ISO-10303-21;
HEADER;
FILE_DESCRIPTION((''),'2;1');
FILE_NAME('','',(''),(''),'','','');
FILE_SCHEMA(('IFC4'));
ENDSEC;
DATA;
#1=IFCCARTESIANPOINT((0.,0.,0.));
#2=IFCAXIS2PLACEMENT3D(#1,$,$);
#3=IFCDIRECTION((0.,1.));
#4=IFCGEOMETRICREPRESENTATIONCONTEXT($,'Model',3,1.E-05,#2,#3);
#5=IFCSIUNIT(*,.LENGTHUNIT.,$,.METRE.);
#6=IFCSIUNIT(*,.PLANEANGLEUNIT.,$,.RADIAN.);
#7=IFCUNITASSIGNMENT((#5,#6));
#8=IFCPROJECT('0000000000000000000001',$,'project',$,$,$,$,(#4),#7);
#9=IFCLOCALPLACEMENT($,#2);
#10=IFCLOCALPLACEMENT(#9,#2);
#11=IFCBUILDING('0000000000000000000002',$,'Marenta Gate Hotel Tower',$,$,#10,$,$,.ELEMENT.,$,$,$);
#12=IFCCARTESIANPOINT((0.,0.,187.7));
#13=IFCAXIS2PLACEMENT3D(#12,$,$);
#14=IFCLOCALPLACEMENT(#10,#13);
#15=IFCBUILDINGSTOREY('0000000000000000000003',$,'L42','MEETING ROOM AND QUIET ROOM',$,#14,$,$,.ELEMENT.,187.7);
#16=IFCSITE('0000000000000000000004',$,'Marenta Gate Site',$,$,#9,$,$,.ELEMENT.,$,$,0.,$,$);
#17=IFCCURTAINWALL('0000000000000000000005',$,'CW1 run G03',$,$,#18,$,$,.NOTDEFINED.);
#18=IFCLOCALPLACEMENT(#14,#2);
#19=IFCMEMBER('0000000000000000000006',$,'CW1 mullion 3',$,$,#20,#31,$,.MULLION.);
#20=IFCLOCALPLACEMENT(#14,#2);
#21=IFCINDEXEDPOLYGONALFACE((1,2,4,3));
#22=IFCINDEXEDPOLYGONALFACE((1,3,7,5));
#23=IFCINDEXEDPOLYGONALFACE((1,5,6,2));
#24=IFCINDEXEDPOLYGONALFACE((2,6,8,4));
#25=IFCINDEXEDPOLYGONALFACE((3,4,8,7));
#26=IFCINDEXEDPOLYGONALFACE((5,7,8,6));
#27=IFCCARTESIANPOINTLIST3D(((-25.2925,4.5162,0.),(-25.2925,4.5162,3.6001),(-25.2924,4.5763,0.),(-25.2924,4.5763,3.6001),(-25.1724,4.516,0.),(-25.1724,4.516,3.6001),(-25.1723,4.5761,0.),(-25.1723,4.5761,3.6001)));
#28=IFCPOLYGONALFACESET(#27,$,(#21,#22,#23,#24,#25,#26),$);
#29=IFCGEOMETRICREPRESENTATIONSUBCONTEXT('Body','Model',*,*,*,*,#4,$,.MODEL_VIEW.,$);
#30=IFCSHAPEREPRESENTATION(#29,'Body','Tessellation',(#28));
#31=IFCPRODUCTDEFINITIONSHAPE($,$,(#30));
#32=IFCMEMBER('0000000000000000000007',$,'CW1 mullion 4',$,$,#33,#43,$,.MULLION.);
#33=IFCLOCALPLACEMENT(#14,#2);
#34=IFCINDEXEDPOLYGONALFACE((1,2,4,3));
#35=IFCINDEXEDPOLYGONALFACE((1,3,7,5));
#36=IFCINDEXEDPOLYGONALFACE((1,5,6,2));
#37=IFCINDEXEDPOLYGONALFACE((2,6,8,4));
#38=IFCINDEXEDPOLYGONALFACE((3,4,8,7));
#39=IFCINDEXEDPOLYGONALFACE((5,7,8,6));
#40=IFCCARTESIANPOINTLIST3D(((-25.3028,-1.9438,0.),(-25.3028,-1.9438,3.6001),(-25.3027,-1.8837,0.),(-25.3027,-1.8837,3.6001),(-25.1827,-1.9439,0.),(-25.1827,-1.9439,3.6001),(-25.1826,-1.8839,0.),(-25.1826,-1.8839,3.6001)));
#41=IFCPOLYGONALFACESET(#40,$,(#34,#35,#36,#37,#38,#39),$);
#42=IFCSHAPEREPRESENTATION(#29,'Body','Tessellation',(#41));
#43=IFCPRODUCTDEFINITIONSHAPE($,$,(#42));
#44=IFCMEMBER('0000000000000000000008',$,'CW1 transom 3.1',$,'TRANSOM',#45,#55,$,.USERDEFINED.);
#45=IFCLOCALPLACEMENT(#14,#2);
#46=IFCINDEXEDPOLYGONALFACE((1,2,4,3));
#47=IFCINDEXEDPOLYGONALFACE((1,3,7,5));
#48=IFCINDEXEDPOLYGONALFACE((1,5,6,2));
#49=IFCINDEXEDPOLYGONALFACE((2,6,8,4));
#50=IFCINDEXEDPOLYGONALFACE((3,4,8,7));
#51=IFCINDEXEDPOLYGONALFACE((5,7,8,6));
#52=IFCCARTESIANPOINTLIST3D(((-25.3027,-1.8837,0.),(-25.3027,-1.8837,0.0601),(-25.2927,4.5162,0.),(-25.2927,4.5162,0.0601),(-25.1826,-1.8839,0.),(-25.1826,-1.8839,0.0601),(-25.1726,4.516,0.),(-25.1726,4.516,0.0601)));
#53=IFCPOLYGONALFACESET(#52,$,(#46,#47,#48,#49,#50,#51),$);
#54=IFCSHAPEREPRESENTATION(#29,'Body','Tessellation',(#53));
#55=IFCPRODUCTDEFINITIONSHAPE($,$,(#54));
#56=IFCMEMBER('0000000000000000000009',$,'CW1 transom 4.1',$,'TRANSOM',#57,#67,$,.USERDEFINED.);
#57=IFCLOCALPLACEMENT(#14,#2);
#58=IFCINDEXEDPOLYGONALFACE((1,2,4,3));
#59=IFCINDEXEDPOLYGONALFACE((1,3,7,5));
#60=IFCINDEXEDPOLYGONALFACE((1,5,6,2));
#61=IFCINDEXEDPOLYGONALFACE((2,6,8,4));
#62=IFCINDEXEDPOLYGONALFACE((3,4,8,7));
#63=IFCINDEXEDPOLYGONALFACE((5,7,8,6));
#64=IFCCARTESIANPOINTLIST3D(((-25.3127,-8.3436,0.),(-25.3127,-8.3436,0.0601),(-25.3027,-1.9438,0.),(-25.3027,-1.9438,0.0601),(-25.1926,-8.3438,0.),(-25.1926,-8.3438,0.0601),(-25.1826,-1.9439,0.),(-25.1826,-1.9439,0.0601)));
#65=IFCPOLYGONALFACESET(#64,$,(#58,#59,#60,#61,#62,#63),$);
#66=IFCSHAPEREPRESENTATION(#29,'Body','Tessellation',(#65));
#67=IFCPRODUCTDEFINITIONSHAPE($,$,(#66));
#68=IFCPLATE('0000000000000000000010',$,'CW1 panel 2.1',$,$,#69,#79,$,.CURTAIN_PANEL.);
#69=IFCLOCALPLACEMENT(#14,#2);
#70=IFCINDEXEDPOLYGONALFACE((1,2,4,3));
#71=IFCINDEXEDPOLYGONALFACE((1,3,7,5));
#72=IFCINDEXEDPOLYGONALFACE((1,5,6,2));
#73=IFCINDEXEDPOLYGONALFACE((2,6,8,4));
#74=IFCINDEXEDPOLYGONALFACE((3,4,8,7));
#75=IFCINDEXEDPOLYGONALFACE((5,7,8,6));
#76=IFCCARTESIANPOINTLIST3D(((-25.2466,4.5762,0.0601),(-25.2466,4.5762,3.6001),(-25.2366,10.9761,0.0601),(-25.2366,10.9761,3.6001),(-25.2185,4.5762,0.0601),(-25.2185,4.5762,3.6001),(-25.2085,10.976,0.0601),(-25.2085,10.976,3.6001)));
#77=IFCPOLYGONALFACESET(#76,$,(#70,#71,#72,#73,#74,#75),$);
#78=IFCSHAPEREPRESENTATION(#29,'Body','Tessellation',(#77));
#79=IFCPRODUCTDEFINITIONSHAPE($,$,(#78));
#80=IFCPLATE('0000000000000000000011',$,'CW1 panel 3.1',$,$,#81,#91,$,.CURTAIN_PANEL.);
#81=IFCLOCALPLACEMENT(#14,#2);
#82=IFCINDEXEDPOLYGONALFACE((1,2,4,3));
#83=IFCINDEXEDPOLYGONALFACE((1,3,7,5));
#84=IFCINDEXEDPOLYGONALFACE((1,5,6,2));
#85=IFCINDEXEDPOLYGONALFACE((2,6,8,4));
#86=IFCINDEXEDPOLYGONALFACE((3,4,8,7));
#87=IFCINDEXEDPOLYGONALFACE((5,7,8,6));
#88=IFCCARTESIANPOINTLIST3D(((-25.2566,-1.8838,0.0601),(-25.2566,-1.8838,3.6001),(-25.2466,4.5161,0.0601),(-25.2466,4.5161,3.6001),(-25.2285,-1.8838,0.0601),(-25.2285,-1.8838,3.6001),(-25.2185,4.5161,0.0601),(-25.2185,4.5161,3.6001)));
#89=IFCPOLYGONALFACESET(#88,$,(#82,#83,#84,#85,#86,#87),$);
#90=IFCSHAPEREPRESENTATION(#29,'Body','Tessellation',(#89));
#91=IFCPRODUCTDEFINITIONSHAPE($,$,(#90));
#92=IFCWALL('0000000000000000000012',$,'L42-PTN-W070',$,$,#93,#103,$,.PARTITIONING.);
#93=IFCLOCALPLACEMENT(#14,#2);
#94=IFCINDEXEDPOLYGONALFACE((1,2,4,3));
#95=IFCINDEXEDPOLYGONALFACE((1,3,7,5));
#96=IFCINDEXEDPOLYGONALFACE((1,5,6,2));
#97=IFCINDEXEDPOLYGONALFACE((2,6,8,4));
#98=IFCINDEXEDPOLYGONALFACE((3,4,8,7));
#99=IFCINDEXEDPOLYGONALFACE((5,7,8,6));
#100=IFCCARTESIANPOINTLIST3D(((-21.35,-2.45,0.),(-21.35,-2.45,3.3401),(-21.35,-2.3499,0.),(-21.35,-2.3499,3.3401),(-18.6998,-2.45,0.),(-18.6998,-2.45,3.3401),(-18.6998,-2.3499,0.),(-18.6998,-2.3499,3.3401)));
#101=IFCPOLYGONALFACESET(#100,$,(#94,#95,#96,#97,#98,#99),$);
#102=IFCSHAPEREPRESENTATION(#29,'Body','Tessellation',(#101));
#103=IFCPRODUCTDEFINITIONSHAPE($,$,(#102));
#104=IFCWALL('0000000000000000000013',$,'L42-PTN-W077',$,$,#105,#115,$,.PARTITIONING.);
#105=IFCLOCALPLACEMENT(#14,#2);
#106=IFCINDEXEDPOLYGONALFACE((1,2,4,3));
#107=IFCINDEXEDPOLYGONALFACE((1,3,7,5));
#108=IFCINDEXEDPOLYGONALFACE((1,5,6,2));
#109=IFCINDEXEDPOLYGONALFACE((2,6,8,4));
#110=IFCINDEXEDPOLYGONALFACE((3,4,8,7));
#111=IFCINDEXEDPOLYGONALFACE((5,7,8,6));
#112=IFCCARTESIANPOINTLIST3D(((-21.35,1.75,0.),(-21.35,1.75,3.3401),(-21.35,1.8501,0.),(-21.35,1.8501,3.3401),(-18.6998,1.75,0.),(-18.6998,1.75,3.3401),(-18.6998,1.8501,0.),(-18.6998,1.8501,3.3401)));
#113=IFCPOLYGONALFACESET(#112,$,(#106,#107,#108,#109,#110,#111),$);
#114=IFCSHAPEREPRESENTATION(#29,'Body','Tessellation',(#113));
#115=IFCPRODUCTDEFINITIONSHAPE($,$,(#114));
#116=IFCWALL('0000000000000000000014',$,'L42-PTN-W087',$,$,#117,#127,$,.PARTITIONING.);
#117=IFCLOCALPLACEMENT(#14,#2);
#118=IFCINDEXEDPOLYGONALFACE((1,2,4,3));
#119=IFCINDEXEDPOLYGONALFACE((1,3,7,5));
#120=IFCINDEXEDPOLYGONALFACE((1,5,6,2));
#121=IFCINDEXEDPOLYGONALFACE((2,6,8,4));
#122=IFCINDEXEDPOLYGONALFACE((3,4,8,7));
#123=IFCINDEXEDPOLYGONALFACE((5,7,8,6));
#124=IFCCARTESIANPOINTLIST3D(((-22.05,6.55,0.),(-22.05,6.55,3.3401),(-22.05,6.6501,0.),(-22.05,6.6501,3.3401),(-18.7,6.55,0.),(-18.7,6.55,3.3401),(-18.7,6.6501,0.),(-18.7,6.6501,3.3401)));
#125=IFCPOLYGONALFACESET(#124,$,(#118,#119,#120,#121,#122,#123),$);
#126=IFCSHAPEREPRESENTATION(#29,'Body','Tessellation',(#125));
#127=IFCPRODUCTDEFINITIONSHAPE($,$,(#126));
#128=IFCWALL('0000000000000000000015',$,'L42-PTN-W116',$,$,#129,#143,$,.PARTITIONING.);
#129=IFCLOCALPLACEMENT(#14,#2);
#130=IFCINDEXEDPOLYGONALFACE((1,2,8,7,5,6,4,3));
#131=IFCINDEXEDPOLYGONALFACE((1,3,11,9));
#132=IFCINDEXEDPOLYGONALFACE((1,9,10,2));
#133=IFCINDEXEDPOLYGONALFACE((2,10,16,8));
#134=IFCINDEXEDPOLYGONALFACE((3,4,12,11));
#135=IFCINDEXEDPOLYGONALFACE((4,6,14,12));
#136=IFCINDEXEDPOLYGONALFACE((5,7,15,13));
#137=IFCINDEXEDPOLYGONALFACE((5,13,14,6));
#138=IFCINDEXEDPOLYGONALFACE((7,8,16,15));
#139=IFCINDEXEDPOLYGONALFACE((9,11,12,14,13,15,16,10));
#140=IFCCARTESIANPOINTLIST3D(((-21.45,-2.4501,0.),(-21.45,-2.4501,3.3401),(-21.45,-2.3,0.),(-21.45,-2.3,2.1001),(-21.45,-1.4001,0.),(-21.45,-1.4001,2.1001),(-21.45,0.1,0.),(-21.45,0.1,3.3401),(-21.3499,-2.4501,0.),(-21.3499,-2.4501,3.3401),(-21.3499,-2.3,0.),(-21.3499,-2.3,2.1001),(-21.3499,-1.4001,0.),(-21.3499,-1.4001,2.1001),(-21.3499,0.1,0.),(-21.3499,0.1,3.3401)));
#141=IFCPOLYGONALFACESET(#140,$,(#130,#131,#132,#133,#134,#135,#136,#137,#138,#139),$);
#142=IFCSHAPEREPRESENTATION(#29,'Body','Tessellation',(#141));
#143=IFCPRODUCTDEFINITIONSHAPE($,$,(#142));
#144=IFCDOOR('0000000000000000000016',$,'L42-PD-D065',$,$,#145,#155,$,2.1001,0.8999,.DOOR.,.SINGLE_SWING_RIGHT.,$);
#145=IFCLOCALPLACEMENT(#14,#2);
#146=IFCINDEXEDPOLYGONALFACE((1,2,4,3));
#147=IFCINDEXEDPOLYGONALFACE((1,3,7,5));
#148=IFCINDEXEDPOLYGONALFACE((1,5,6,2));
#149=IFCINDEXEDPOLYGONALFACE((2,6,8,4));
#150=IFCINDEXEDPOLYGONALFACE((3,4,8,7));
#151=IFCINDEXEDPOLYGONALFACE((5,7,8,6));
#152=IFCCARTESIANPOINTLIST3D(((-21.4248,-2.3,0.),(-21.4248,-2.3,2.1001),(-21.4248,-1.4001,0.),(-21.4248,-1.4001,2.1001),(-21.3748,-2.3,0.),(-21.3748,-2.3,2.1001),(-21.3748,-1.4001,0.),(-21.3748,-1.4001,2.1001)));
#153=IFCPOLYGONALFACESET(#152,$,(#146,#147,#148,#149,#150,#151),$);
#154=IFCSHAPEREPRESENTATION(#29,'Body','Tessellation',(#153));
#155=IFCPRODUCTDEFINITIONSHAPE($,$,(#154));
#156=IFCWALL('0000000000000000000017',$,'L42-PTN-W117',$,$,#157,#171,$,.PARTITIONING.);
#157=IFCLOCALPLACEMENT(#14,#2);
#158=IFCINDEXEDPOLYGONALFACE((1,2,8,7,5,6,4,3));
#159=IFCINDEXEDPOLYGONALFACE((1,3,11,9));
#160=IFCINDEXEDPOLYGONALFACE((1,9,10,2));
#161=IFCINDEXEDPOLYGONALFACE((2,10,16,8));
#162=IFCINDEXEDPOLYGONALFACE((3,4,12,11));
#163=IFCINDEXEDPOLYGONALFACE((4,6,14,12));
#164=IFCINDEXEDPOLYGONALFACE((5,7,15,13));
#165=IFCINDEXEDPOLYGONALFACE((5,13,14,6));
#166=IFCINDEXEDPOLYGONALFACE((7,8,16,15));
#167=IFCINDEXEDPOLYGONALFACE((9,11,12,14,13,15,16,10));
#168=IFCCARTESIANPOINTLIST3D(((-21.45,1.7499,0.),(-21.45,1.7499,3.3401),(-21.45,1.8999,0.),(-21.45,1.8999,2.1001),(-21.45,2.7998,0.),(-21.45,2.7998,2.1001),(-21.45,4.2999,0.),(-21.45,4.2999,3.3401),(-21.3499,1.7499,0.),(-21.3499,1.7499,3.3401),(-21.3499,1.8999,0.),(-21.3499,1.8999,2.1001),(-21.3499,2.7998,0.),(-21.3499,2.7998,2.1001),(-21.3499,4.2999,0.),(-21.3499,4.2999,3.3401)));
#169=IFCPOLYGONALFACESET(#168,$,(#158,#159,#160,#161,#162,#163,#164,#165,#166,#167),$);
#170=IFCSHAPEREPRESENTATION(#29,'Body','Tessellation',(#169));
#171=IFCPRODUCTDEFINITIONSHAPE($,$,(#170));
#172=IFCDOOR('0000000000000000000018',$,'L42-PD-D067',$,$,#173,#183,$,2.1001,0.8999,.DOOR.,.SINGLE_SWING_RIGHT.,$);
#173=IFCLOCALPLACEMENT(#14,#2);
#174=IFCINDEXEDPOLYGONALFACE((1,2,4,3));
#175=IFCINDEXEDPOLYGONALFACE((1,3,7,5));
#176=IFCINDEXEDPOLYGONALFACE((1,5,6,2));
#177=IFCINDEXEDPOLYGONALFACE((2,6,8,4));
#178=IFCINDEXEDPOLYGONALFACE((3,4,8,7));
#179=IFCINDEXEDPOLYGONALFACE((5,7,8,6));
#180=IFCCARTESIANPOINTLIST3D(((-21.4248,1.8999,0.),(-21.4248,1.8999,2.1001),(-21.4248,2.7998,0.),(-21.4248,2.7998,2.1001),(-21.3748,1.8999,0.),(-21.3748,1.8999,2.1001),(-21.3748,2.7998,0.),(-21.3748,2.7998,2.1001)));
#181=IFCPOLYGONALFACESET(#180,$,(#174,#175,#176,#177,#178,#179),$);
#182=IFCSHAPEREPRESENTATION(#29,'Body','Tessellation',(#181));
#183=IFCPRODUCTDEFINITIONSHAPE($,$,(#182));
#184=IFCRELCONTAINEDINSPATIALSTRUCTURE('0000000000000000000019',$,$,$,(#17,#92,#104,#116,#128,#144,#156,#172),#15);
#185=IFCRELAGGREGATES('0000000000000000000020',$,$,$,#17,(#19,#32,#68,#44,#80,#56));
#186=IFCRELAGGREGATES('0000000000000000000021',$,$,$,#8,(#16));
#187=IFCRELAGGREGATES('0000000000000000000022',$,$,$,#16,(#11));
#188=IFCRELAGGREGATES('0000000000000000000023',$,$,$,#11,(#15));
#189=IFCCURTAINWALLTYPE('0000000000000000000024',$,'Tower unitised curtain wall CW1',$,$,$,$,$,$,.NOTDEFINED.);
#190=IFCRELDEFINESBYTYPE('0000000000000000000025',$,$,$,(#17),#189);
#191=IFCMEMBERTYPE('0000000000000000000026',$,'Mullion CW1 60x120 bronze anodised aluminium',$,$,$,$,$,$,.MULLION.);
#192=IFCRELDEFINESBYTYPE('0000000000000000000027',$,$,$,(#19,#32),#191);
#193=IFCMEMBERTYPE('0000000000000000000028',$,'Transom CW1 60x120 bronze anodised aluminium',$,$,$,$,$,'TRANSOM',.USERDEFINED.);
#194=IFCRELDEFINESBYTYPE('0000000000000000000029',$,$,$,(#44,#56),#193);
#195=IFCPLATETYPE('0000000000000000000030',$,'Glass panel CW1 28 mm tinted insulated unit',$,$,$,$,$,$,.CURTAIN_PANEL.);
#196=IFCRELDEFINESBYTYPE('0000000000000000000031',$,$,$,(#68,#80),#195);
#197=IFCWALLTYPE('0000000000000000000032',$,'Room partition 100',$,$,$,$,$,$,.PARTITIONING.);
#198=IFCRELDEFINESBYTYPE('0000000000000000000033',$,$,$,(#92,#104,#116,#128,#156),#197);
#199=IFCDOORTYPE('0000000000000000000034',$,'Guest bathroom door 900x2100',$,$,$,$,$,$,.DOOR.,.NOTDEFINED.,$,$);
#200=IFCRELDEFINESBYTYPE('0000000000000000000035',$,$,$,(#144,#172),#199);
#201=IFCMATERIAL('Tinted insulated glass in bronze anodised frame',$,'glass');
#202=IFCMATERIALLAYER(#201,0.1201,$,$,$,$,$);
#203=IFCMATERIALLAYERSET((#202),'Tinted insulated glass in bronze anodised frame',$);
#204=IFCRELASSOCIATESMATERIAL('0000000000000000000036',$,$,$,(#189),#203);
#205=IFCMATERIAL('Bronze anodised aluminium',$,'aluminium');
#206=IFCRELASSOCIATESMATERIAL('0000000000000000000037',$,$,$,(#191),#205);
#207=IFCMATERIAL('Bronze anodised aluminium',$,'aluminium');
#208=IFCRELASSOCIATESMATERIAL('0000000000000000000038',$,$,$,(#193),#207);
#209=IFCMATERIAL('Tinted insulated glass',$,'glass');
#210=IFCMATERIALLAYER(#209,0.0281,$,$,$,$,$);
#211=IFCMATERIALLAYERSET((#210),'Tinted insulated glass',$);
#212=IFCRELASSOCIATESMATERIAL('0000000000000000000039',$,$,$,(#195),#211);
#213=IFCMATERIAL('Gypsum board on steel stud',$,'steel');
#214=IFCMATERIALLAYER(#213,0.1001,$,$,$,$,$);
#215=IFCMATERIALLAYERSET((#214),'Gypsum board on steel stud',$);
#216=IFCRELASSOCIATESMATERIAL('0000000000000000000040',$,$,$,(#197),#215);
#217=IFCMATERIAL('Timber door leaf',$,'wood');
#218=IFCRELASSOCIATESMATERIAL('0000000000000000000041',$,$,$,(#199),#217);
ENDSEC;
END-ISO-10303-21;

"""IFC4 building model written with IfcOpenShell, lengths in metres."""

from ifc_helpers import new_model, si_unit, direction, frame, frame_2d, origin, origin_2d, place, context, subcontext, project, spatial, rectangle, extrude, material, layer, layer_set, material_profile, profile_set, type_object, element, fill, aggregate, save


model = new_model("IFC4")

# Units and contexts
model_context = context("Model", 3, precision=1e-05, world=origin(), true_north=direction((0.0, 1.0)))
body_context = subcontext(model_context, "Body", "Model", "MODEL_VIEW")
ifc_project = project(units=[si_unit("LENGTHUNIT", "METRE"), si_unit("PLANEANGLEUNIT", "RADIAN")], contexts=[model_context])

# Site, building, storey
site_placement = place(None, origin())
site = spatial("IfcSite", under=ifc_project, at=site_placement, Name="Marenta Gate Site", CompositionType="ELEMENT", RefElevation=0.0)
building_placement = place(site_placement, origin())
building = spatial("IfcBuilding", under=site, at=building_placement, Name="Marenta Gate Hotel Tower", CompositionType="ELEMENT")
storey_placement = place(building_placement, frame((0.0, 0.0, 187.7)))
storey = spatial("IfcBuildingStorey", under=building, at=storey_placement, Name="L42", Description="MEETING ROOM AND QUIET ROOM", CompositionType="ELEMENT", Elevation=187.7)

# Curtain wall, members, plates
ifc_material_1 = material(Name="Tinted insulated glass in bronze anodised frame", Category="glass")
ifc_layer_1 = layer(ifc_material_1, 0.1201)
ifc_layer_set_1 = layer_set([ifc_layer_1], Name="Tinted insulated glass in bronze anodised frame")
curtain_wall_type = type_object("IfcCurtainWallType", Name="Tower unitised curtain wall CW1", PredefinedType="NOTDEFINED", material=ifc_layer_set_1)
curtain_wall_placement = place(storey_placement, origin())
curtain_wall = element("IfcCurtainWall", 1, at=curtain_wall_placement, inside=storey, type_object=curtain_wall_type, Name="CW1 run G03", PredefinedType="NOTDEFINED")
ifc_material_2 = material(Name="Bronze anodised aluminium", Category="aluminium")
ifc_material_profile_1 = material_profile(ifc_material_2, rectangle(XDim=0.1201, YDim=0.0601, at=origin_2d()), Name="Mullion CW1 60x120 bronze anodised aluminium")
ifc_profile_set_1 = profile_set([ifc_material_profile_1], Name="Bronze anodised aluminium")
member_type_1 = type_object("IfcMemberType", Name="Mullion CW1 60x120 bronze anodised aluminium", PredefinedType="MULLION", material=ifc_profile_set_1)
member_1_placement = place(storey_placement, frame((-25.2324, 4.5461, 0.0), z_axis=(0.0, 0.0, 1.0), x_axis=(0.999999, -0.001566, 0.0)))
member_1 = element("IfcMember", 2, at=member_1_placement, type_object=member_type_1, Name="CW1 mullion 3", PredefinedType="MULLION", context=body_context, shape_type="SweptSolid", body=[
    extrude(rectangle(XDim=0.1201, YDim=0.0601, at=origin_2d()), origin(), (0.0, 0.0, 1.0), 3.6001),
])
member_2_placement = place(storey_placement, frame((-25.2427, -1.9138, 0.0), z_axis=(0.0, 0.0, 1.0), x_axis=(0.999999, -0.001566, 0.0)))
member_2 = element("IfcMember", 3, at=member_2_placement, type_object=member_type_1, Name="CW1 mullion 4", PredefinedType="MULLION", context=body_context, shape_type="SweptSolid", body=[
    extrude(rectangle(XDim=0.1201, YDim=0.0601, at=origin_2d()), origin(), (0.0, 0.0, 1.0), 3.6001),
])
ifc_material_3 = material(Name="Bronze anodised aluminium", Category="aluminium")
ifc_material_profile_2 = material_profile(ifc_material_3, rectangle(XDim=0.1201, YDim=0.0601, at=origin_2d()), Name="Transom CW1 60x120 bronze anodised aluminium")
ifc_profile_set_2 = profile_set([ifc_material_profile_2], Name="Bronze anodised aluminium")
member_type_2 = type_object("IfcMemberType", Name="Transom CW1 60x120 bronze anodised aluminium", ElementType="TRANSOM", PredefinedType="USERDEFINED", material=ifc_profile_set_2)
member_3_placement = place(storey_placement, frame((-25.2327, 4.5161, 0.03), z_axis=(-0.001564, -0.999999, 0.0), x_axis=(0.999999, -0.001564, 0.0)))
member_3 = element("IfcMember", 4, at=member_3_placement, type_object=member_type_2, Name="CW1 transom 3.1", ObjectType="TRANSOM", PredefinedType="USERDEFINED", context=body_context, shape_type="SweptSolid", body=[
    extrude(rectangle(XDim=0.1201, YDim=0.0601, at=origin_2d()), origin(), (0.0, 0.0, 1.0), 6.3999),
])
member_4_placement = place(storey_placement, frame((-25.2427, -1.9438, 0.03), z_axis=(-0.001564, -0.999999, 0.0), x_axis=(0.999999, -0.001564, 0.0)))
member_4 = element("IfcMember", 5, at=member_4_placement, type_object=member_type_2, Name="CW1 transom 4.1", ObjectType="TRANSOM", PredefinedType="USERDEFINED", context=body_context, shape_type="SweptSolid", body=[
    extrude(rectangle(XDim=0.1201, YDim=0.0601, at=origin_2d()), origin(), (0.0, 0.0, 1.0), 6.3999),
])
ifc_material_4 = material(Name="Tinted insulated glass", Category="glass")
ifc_layer_2 = layer(ifc_material_4, 0.0281)
ifc_layer_set_2 = layer_set([ifc_layer_2], Name="Tinted insulated glass")
plate_type = type_object("IfcPlateType", Name="Glass panel CW1 28 mm tinted insulated unit", PredefinedType="CURTAIN_PANEL", material=ifc_layer_set_2)
plate_1_placement = place(storey_placement, frame((-25.2275, 7.7761, 0.0601), z_axis=(0.0, 0.0, 1.0), x_axis=(-0.001566, -0.999999, 0.0)))
plate_1 = element("IfcPlate", 6, at=plate_1_placement, type_object=plate_type, Name="CW1 panel 2.1", PredefinedType="CURTAIN_PANEL", context=body_context, shape_type="SweptSolid", body=[
    extrude(rectangle(XDim=6.3999, YDim=0.0281, at=origin_2d()), origin(), (0.0, 0.0, 1.0), 3.54),
])
plate_2_placement = place(storey_placement, frame((-25.2375, 1.3162, 0.0601), z_axis=(0.0, 0.0, 1.0), x_axis=(-0.001566, -0.999999, 0.0)))
plate_2 = element("IfcPlate", 7, at=plate_2_placement, type_object=plate_type, Name="CW1 panel 3.1", PredefinedType="CURTAIN_PANEL", context=body_context, shape_type="SweptSolid", body=[
    extrude(rectangle(XDim=6.3999, YDim=0.0281, at=origin_2d()), origin(), (0.0, 0.0, 1.0), 3.54),
])
aggregate(curtain_wall, [member_1, member_2, plate_1, member_3, plate_2, member_4])

# Walls
ifc_material_5 = material(Name="Gypsum board on steel stud", Category="steel")
ifc_layer_3 = layer(ifc_material_5, 0.1001)
ifc_layer_set_3 = layer_set([ifc_layer_3], Name="Gypsum board on steel stud")
wall_type_1 = type_object("IfcWallType", Name="Room partition 100", PredefinedType="PARTITIONING", material=ifc_layer_set_3)
for number, where, z_axis, x_axis, name in (
    (8, (-21.3501, -2.3999, 0.0), (0.0, 0.0, 1.0), (1.0, 0.0, 0.0), "L42-PTN-W070"),
    (9, (-21.3501, 1.8, 0.0), (0.0, 0.0, 1.0), (1.0, 0.0, 0.0), "L42-PTN-W077"),
):
    element("IfcWall", number, at=place(storey_placement, frame(where, z_axis=z_axis, x_axis=x_axis)), inside=storey, type_object=wall_type_1, Name=name, PredefinedType="PARTITIONING", context=body_context, shape_type="SweptSolid", body=[
        extrude(rectangle(XDim=2.6501, YDim=0.1001, at=frame_2d((1.3252, 0.0))), origin(), (0.0, 0.0, 1.0), 3.3401),
    ])
wall_1_placement = place(storey_placement, frame((-22.05, 6.6001, 0.0), z_axis=(0.0, 0.0, 1.0), x_axis=(1.0, 0.0, 0.0)))
element("IfcWall", 10, at=wall_1_placement, inside=storey, type_object=wall_type_1, Name="L42-PTN-W087", PredefinedType="PARTITIONING", context=body_context, shape_type="SweptSolid", body=[
    extrude(rectangle(XDim=3.3501, YDim=0.1001, at=frame_2d((1.675, 0.0))), origin(), (0.0, 0.0, 1.0), 3.3401),
])

# Walls, openings, doors
wall_2_placement = place(storey_placement, frame((-21.3999, -2.45, 0.0), z_axis=(0.0, 0.0, 1.0), x_axis=(0.0, 1.0, 0.0)))
wall_2 = element("IfcWall", 11, at=wall_2_placement, inside=storey, type_object=wall_type_1, Name="L42-PTN-W116", PredefinedType="PARTITIONING", context=body_context, shape_type="SweptSolid", body=[
    extrude(rectangle(XDim=2.55, YDim=0.1001, at=frame_2d((1.2749, 0.0))), origin(), (0.0, 0.0, 1.0), 3.3401),
])
opening_1_placement = place(wall_2_placement, frame((0.1499, 0.0, 0.0)))
opening_1 = element("IfcOpeningElement", 12, at=opening_1_placement, cuts=wall_2, PredefinedType="OPENING", context=body_context, shape_type="SweptSolid", body=[
    extrude(rectangle(XDim=0.8999, YDim=2.1001, at=frame_2d((0.45, 1.05))), frame((0.0, 0.05, 0.0), z_axis=(0.0, -1.0, 0.0), x_axis=(1.0, 0.0, 0.0)), (0.0, 0.0, 1.0), 0.1001),
])
ifc_material_6 = material(Name="Timber door leaf", Category="wood")
door_type = type_object("IfcDoorType", Name="Guest bathroom door 900x2100", OperationType="NOTDEFINED", PredefinedType="DOOR", material=ifc_material_6)
door_1_placement = place(opening_1_placement, origin())
door_1 = element("IfcDoor", 13, at=door_1_placement, inside=storey, type_object=door_type, Name="L42-PD-D065", OperationType="SINGLE_SWING_RIGHT", OverallHeight=2.1001, OverallWidth=0.8999, PredefinedType="DOOR", context=body_context, shape_type="SweptSolid", body=[
    extrude(rectangle(XDim=0.8999, YDim=2.1001, at=frame_2d((0.45, 1.05))), frame((0.0, 0.0249, 0.0), z_axis=(0.0, -1.0, 0.0), x_axis=(1.0, 0.0, 0.0)), (0.0, 0.0, 1.0), 0.05),
])
fill(opening_1, door_1)
wall_3_placement = place(storey_placement, frame((-21.3999, 1.75, 0.0), z_axis=(0.0, 0.0, 1.0), x_axis=(0.0, 1.0, 0.0)))
wall_3 = element("IfcWall", 14, at=wall_3_placement, inside=storey, type_object=wall_type_1, Name="L42-PTN-W117", PredefinedType="PARTITIONING", context=body_context, shape_type="SweptSolid", body=[
    extrude(rectangle(XDim=2.55, YDim=0.1001, at=frame_2d((1.2749, 0.0))), origin(), (0.0, 0.0, 1.0), 3.3401),
])
opening_2_placement = place(wall_3_placement, frame((0.1499, 0.0, 0.0)))
opening_2 = element("IfcOpeningElement", 15, at=opening_2_placement, cuts=wall_3, PredefinedType="OPENING", context=body_context, shape_type="SweptSolid", body=[
    extrude(rectangle(XDim=0.8999, YDim=2.1001, at=frame_2d((0.45, 1.05))), frame((0.0, 0.05, 0.0), z_axis=(0.0, -1.0, 0.0), x_axis=(1.0, 0.0, 0.0)), (0.0, 0.0, 1.0), 0.1001),
])
door_2_placement = place(opening_2_placement, origin())
door_2 = element("IfcDoor", 16, at=door_2_placement, inside=storey, type_object=door_type, Name="L42-PD-D067", OperationType="SINGLE_SWING_RIGHT", OverallHeight=2.1001, OverallWidth=0.8999, PredefinedType="DOOR", context=body_context, shape_type="SweptSolid", body=[
    extrude(rectangle(XDim=0.8999, YDim=2.1001, at=frame_2d((0.45, 1.05))), frame((0.0, 0.0249, 0.0), z_axis=(0.0, -1.0, 0.0), x_axis=(1.0, 0.0, 0.0)), (0.0, 0.0, 1.0), 0.05),
])
fill(opening_2, door_2)

save(model, "model.ifc")
